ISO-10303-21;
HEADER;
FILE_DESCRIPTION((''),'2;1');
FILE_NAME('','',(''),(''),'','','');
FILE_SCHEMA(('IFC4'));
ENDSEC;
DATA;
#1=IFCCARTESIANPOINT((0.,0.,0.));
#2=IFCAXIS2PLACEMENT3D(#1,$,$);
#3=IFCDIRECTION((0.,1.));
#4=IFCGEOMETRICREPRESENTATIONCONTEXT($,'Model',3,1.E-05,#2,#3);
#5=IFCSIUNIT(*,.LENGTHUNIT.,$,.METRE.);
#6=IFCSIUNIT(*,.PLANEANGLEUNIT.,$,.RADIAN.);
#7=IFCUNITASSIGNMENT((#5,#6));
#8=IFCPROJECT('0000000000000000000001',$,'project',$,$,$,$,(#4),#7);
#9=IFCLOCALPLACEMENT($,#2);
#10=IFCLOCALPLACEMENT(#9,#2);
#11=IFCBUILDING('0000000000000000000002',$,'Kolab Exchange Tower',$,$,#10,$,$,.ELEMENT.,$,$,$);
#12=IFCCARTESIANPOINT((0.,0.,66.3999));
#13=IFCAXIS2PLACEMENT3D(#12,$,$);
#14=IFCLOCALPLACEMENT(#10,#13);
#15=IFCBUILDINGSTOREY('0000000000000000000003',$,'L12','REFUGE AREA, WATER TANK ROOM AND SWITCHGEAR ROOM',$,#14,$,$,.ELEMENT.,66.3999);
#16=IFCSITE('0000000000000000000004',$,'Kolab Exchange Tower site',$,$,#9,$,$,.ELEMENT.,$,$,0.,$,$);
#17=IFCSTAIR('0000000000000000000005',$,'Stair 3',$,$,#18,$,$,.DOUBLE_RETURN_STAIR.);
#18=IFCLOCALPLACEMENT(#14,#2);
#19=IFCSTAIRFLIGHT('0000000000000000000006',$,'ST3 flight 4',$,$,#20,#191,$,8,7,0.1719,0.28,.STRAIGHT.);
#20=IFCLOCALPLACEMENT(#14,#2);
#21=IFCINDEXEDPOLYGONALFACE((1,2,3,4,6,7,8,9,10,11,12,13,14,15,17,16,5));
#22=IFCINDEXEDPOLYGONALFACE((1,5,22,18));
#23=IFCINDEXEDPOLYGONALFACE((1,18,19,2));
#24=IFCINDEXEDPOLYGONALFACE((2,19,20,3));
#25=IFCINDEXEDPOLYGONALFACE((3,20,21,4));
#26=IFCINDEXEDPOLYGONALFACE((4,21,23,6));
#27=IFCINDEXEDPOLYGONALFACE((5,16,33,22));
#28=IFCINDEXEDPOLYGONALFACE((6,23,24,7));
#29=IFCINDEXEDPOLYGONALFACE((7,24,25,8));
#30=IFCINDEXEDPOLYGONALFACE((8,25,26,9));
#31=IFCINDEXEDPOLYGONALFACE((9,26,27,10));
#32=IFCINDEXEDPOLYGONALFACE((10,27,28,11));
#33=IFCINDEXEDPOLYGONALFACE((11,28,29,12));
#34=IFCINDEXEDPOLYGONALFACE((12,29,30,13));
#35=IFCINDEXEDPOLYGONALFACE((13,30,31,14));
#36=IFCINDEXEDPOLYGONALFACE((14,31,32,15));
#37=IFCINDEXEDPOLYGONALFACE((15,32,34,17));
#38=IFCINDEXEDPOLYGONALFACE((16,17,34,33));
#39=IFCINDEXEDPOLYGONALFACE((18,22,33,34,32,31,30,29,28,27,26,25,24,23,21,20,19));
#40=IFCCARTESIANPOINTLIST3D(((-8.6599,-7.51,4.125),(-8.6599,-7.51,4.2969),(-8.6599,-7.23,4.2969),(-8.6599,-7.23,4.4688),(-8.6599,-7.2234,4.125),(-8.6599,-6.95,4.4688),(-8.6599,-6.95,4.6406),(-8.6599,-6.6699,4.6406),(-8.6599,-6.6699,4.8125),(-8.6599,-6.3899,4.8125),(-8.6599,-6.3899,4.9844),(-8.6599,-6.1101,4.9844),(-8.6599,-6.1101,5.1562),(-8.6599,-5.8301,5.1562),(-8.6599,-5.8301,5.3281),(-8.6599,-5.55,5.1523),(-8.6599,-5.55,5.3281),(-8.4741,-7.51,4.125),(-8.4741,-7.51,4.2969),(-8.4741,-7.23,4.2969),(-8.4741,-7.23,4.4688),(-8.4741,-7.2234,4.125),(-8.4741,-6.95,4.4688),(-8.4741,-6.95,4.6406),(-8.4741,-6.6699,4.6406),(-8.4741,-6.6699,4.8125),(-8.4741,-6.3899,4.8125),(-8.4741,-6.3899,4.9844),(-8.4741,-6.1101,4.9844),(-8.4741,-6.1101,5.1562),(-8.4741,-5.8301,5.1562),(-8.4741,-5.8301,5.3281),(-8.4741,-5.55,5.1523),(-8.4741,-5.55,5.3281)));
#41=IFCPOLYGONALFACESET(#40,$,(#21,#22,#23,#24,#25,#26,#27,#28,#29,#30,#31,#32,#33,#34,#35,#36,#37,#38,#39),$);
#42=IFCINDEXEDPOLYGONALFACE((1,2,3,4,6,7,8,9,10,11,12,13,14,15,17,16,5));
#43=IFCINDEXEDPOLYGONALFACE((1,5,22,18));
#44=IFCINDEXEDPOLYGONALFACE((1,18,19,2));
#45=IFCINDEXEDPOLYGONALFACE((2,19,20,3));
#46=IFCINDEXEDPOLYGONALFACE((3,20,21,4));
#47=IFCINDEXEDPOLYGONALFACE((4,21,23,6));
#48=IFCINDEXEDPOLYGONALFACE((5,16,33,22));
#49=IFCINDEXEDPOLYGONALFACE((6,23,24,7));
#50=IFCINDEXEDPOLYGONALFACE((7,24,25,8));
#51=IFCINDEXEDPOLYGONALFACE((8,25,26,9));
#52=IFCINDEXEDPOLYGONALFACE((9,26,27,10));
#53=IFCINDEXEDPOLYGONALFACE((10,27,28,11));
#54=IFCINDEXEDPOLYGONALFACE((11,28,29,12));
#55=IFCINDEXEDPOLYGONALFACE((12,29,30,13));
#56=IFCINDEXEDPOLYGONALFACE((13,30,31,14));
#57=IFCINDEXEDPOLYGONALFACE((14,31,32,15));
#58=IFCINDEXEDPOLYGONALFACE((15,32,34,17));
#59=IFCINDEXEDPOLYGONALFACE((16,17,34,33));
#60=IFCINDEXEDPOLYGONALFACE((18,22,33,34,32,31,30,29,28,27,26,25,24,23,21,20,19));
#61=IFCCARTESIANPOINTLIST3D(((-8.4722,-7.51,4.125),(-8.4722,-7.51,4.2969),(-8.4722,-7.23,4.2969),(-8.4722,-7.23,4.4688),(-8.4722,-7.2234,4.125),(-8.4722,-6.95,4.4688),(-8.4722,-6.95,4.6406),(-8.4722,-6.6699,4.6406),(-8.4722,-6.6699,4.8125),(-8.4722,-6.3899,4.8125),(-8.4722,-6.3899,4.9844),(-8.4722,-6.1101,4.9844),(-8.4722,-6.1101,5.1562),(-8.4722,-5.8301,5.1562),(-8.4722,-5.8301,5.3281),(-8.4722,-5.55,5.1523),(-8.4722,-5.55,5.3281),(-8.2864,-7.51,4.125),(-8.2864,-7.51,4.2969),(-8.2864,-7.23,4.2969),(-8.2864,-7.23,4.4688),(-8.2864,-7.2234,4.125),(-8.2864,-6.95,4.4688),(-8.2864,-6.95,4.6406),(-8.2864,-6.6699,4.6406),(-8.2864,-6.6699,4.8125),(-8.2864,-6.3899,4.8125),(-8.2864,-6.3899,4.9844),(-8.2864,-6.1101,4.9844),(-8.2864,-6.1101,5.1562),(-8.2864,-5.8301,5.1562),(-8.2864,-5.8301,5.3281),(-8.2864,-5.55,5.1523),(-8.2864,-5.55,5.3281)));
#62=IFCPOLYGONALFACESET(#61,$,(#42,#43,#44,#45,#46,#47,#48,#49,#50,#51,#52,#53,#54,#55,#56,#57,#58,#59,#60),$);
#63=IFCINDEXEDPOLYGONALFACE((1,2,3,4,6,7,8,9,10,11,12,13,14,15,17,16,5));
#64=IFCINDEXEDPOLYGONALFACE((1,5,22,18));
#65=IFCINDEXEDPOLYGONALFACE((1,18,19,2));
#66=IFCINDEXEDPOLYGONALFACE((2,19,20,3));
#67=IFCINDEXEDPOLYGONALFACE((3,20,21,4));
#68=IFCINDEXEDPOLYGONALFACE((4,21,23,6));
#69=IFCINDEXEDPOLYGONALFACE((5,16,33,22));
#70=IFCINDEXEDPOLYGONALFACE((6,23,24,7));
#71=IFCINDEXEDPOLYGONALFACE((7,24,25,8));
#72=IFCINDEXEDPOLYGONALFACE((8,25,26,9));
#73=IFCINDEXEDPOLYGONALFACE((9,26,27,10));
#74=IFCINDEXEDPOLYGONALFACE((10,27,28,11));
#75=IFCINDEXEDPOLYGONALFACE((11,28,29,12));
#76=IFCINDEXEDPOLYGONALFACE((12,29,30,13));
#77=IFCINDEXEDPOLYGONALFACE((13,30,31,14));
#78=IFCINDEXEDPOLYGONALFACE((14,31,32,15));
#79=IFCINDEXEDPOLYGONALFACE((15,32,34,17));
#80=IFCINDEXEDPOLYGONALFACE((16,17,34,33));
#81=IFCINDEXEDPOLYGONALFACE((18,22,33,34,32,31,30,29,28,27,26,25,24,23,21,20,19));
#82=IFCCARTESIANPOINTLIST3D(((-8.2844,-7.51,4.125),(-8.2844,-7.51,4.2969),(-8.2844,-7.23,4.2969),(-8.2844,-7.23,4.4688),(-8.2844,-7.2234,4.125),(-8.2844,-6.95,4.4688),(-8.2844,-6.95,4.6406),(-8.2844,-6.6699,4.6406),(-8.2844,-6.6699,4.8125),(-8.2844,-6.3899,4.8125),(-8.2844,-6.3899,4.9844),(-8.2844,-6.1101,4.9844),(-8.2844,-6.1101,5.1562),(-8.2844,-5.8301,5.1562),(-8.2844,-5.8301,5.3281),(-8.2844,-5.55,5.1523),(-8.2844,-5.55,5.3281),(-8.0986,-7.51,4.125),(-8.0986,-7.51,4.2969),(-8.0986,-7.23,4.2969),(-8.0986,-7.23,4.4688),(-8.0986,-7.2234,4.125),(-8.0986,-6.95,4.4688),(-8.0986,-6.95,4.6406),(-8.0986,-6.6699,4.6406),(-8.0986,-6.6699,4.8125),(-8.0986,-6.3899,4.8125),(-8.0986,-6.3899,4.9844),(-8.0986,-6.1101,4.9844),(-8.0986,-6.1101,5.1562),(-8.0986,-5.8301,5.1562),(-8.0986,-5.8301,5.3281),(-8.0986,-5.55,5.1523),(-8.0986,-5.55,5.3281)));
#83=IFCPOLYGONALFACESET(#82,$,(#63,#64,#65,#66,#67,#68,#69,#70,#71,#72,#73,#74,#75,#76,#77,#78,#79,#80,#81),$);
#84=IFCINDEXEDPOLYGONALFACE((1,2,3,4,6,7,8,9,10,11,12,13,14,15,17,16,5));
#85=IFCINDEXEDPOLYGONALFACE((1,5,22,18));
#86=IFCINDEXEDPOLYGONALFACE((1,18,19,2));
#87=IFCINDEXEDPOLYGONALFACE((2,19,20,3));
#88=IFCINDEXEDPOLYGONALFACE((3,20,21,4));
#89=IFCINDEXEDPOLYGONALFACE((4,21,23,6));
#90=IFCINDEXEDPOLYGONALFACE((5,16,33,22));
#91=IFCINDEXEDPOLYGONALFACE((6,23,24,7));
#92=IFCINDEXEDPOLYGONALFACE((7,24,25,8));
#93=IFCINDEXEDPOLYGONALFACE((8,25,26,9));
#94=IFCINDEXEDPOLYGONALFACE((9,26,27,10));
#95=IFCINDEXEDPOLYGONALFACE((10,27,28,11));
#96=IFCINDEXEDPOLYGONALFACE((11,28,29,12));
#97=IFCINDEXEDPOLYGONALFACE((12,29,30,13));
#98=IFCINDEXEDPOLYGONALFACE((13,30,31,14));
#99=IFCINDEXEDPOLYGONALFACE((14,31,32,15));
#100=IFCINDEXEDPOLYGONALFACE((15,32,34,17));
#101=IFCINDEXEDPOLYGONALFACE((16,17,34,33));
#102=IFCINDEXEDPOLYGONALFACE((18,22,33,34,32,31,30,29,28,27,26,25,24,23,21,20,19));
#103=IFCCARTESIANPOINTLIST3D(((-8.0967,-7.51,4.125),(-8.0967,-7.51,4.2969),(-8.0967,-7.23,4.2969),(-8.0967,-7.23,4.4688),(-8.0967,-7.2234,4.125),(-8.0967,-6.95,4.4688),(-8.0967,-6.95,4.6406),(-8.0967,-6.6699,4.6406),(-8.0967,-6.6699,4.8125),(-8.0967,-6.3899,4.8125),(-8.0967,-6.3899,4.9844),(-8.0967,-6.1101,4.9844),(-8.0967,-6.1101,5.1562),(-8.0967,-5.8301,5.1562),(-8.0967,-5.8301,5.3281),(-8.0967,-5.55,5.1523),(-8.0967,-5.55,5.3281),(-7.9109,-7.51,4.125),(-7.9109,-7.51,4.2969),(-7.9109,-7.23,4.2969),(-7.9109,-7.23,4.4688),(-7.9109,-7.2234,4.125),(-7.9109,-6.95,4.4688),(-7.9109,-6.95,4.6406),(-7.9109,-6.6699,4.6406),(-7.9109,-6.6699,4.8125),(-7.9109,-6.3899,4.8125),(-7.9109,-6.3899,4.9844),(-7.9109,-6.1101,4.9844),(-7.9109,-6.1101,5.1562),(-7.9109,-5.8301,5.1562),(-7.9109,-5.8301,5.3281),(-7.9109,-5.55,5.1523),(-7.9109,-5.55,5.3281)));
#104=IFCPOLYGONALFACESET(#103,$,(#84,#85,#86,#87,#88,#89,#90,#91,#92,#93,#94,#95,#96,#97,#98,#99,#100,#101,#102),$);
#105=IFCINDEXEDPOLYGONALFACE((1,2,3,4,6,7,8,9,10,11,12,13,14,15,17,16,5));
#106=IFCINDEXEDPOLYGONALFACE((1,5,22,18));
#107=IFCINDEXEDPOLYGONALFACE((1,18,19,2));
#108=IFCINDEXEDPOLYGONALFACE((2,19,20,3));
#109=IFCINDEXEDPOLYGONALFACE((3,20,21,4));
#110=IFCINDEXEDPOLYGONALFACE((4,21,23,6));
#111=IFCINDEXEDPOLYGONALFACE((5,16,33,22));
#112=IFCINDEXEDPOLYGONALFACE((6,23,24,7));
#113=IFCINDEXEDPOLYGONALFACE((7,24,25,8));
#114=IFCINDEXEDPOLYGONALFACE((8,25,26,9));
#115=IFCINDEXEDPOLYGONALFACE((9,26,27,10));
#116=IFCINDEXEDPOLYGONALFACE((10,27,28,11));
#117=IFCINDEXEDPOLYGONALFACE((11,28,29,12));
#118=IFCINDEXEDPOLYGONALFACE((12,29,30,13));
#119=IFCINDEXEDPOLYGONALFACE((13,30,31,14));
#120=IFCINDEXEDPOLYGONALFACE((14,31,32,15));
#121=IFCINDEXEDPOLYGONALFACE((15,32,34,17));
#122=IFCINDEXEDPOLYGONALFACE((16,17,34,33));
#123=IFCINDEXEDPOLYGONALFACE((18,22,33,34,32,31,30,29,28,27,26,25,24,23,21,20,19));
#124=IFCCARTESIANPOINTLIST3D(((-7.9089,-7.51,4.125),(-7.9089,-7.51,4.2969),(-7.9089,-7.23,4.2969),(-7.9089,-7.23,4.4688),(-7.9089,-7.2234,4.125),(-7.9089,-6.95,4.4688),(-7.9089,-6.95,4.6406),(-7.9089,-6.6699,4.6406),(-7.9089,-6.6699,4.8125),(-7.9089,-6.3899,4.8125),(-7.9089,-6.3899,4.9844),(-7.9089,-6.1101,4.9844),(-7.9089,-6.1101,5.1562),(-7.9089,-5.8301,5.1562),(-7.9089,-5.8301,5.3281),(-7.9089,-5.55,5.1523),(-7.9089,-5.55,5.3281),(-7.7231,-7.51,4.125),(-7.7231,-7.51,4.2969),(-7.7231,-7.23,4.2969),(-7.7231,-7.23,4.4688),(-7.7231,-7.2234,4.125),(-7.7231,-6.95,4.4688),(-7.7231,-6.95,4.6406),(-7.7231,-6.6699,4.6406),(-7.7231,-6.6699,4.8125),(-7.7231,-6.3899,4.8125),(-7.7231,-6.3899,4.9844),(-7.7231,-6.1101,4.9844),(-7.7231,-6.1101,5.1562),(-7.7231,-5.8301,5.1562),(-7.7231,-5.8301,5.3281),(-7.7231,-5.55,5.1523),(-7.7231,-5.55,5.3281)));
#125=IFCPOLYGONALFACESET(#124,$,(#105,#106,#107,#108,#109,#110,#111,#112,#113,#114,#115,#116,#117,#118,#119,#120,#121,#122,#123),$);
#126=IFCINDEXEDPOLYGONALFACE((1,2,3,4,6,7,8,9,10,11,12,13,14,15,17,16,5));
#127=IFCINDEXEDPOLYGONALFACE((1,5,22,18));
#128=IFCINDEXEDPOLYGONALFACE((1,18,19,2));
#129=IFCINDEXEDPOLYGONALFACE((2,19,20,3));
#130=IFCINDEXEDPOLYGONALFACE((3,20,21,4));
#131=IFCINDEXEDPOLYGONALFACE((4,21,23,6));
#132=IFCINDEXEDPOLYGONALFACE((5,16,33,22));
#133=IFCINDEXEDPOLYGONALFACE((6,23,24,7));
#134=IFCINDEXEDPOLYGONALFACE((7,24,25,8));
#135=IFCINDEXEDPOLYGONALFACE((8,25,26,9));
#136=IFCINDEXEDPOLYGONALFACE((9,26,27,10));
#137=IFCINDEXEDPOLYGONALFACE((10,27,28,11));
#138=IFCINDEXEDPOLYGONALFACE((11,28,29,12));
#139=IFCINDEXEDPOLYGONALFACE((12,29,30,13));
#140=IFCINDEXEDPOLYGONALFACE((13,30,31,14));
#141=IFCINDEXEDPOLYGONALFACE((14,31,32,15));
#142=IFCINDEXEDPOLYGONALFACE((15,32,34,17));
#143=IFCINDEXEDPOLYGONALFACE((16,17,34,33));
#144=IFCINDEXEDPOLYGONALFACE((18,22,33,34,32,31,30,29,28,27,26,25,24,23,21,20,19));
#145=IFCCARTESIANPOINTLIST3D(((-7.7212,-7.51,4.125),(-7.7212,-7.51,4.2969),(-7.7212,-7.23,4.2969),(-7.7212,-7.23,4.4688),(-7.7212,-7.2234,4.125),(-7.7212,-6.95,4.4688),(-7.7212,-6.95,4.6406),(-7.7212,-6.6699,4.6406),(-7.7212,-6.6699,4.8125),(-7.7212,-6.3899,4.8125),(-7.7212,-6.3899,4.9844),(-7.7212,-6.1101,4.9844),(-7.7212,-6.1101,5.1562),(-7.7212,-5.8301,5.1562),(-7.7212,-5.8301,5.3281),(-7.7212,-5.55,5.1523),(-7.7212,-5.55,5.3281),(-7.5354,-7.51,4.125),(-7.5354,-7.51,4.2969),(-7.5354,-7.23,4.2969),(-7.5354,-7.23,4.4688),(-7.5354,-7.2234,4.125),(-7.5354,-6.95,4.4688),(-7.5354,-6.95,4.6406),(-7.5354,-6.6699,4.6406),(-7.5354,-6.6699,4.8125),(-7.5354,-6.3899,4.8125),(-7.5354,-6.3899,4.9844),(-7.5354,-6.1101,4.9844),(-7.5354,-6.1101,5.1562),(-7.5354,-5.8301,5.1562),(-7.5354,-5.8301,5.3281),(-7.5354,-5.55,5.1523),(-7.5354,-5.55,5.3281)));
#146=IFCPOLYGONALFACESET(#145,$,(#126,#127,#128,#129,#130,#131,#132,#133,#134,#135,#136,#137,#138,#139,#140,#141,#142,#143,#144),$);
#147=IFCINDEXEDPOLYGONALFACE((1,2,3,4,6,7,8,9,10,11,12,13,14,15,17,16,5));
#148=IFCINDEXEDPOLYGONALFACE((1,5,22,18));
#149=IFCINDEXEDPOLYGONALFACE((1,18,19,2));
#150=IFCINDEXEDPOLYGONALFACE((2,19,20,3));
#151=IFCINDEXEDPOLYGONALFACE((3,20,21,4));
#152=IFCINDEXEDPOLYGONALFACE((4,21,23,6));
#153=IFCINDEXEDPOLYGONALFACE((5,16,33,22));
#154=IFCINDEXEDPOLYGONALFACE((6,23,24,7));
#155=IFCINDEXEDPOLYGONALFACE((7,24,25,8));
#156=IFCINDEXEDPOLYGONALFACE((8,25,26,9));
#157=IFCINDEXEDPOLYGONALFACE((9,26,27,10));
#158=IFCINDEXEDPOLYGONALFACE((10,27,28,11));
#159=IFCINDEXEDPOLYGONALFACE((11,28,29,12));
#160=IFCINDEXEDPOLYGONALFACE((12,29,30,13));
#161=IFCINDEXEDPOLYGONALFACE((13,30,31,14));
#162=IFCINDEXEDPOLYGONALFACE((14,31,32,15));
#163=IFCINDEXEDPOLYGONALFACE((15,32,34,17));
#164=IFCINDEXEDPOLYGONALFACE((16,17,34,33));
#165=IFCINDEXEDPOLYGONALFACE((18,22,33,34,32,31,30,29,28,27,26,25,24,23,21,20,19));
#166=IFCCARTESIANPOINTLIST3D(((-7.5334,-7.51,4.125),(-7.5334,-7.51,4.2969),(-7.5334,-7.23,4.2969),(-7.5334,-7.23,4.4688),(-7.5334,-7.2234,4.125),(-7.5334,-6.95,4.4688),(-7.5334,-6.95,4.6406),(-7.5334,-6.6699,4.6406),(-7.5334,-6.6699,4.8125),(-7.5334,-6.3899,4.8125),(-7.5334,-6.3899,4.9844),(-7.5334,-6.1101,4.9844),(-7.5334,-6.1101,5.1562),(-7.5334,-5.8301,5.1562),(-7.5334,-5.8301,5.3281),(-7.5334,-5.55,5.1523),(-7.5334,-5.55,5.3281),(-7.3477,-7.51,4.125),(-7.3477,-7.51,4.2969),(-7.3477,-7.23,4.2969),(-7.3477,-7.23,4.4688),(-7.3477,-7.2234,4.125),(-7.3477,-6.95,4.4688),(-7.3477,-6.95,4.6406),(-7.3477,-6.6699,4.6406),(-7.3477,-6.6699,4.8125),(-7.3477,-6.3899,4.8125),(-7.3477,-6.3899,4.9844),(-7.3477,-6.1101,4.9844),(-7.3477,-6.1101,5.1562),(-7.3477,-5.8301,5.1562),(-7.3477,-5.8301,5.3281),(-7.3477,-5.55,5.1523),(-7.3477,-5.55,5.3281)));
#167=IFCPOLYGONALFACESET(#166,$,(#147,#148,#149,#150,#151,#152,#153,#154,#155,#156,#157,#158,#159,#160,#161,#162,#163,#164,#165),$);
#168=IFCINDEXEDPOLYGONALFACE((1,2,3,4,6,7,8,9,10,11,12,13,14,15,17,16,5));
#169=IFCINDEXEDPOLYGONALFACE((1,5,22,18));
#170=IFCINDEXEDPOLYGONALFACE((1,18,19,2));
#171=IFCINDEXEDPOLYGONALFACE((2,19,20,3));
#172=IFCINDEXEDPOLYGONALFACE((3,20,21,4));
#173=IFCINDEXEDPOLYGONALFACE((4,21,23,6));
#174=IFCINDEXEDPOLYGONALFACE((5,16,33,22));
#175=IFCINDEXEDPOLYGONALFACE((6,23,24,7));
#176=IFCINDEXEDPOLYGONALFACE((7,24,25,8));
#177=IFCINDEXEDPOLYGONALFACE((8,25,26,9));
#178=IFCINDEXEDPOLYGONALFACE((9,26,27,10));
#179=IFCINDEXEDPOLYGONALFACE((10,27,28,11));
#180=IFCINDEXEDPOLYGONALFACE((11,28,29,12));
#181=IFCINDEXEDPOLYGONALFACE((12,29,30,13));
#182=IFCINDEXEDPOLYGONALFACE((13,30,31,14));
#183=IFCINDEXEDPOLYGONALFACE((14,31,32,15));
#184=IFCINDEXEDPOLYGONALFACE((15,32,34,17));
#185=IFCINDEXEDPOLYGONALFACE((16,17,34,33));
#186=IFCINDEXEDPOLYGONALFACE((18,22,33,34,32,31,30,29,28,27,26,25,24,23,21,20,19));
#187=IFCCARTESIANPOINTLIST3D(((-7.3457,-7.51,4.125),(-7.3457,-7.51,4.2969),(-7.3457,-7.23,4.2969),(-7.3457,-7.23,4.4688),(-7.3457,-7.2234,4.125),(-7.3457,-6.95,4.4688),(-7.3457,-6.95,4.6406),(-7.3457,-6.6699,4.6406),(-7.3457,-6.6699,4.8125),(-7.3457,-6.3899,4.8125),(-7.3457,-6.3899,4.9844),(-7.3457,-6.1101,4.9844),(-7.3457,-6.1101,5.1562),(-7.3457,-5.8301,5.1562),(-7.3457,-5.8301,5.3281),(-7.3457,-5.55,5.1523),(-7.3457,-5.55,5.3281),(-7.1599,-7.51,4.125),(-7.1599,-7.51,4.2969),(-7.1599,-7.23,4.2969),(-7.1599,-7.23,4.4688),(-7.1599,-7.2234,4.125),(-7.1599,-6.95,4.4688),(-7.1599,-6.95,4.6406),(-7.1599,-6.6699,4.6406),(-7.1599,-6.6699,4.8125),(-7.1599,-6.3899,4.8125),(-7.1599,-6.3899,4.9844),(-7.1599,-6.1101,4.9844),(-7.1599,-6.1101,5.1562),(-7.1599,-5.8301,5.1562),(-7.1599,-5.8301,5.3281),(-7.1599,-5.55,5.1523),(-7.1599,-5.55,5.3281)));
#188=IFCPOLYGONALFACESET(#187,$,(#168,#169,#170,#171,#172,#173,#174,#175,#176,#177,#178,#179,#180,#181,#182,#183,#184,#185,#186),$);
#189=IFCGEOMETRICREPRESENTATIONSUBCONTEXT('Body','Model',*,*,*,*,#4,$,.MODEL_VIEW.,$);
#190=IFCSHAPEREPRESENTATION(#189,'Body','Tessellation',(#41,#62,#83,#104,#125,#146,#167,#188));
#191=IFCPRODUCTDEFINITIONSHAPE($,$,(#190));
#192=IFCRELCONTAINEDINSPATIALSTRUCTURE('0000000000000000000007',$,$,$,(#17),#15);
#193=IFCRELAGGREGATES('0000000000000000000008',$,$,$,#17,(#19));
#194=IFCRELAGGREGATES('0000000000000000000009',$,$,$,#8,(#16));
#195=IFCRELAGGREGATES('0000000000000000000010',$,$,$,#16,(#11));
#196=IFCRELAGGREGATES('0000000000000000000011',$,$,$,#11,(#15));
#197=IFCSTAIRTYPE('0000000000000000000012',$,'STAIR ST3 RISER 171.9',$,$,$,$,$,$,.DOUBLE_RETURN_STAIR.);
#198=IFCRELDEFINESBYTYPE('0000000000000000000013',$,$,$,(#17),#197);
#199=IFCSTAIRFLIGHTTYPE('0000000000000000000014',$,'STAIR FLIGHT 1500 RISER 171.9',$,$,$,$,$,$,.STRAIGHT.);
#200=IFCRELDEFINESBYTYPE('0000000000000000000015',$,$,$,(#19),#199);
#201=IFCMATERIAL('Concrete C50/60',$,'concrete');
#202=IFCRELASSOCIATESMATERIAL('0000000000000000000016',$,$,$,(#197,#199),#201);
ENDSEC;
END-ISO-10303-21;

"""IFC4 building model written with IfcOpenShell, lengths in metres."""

from ifc_helpers import new_model, si_unit, direction, frame, origin, place, context, subcontext, project, spatial, polyline, outline, extrude, material, type_object, element, aggregate, save


model = new_model("IFC4")

# Units and contexts
model_context = context("Model", 3, precision=1e-05, world=origin(), true_north=direction((0.0, 1.0)))
body_context = subcontext(model_context, "Body", "Model", "MODEL_VIEW")
ifc_project = project(units=[si_unit("LENGTHUNIT", "METRE"), si_unit("PLANEANGLEUNIT", "RADIAN")], contexts=[model_context])

# Site, building, storey
site_placement = place(None, origin())
site = spatial("IfcSite", under=ifc_project, at=site_placement, Name="Kolab Exchange Tower site", CompositionType="ELEMENT", RefElevation=0.0)
building_placement = place(site_placement, origin())
building = spatial("IfcBuilding", under=site, at=building_placement, Name="Kolab Exchange Tower", CompositionType="ELEMENT")
storey_placement = place(building_placement, frame((0.0, 0.0, 66.3999)))
storey = spatial("IfcBuildingStorey", under=building, at=storey_placement, Name="L12", Description="REFUGE AREA, WATER TANK ROOM AND SWITCHGEAR ROOM", CompositionType="ELEMENT", Elevation=66.3999)

# Shared definitions
ifc_material_1 = material(Name="Concrete C50/60", Category="concrete")

# Stair, stair flight
stair_type = type_object("IfcStairType", Name="STAIR ST3 RISER 171.9", PredefinedType="DOUBLE_RETURN_STAIR", material=ifc_material_1)
stair_placement = place(storey_placement, origin())
stair = element("IfcStair", 1, at=stair_placement, inside=storey, type_object=stair_type, Name="Stair 3", PredefinedType="DOUBLE_RETURN_STAIR")
stair_flight_type = type_object("IfcStairFlightType", Name="STAIR FLIGHT 1500 RISER 171.9", PredefinedType="STRAIGHT", material=ifc_material_1)
stair_flight_1_placement = place(storey_placement, frame((-7.9099, -7.51, 4.125), z_axis=(0.0, 0.0, 1.0), x_axis=(0.0, 1.0, 0.0)))
stair_flight_1 = element("IfcStairFlight", 2, at=stair_flight_1_placement, type_object=stair_flight_type, Name="ST3 flight 4", NumberOfRisers=8, NumberOfTreads=7, PredefinedType="STRAIGHT", RiserHeight=0.1719, TreadLength=0.28, context=body_context, shape_type="SweptSolid", body=[
    extrude(outline(polyline([(0.0, 0.0), (0.0, 0.1719), (0.28, 0.1719), (0.28, 0.3438), (0.5601, 0.3438), (0.5601, 0.5156), (0.8401, 0.5156), (0.8401, 0.6875), (1.1201, 0.6875), (1.1201, 0.8594), (1.3999, 0.8594), (1.3999, 1.0312), (1.6799, 1.0312), (1.6799, 1.2031), (1.96, 1.2031), (1.96, 1.375), (1.96, 1.0273), (0.2866, 0.0), (0.0, 0.0)])), frame((0.0, 0.75, 0.0), z_axis=(0.0, -1.0, 0.0), x_axis=(1.0, 0.0, 0.0)), (0.0, 0.0, 1.0), 0.1858),
    extrude(outline(polyline([(0.0, 0.0), (0.0, 0.1719), (0.28, 0.1719), (0.28, 0.3438), (0.5601, 0.3438), (0.5601, 0.5156), (0.8401, 0.5156), (0.8401, 0.6875), (1.1201, 0.6875), (1.1201, 0.8594), (1.3999, 0.8594), (1.3999, 1.0312), (1.6799, 1.0312), (1.6799, 1.2031), (1.96, 1.2031), (1.96, 1.375), (1.96, 1.0273), (0.2866, 0.0), (0.0, 0.0)])), frame((0.0, 0.5623, 0.0), z_axis=(0.0, -1.0, 0.0), x_axis=(1.0, 0.0, 0.0)), (0.0, 0.0, 1.0), 0.1858),
    extrude(outline(polyline([(0.0, 0.0), (0.0, 0.1719), (0.28, 0.1719), (0.28, 0.3438), (0.5601, 0.3438), (0.5601, 0.5156), (0.8401, 0.5156), (0.8401, 0.6875), (1.1201, 0.6875), (1.1201, 0.8594), (1.3999, 0.8594), (1.3999, 1.0312), (1.6799, 1.0312), (1.6799, 1.2031), (1.96, 1.2031), (1.96, 1.375), (1.96, 1.0273), (0.2866, 0.0), (0.0, 0.0)])), frame((0.0, 0.3745, 0.0), z_axis=(0.0, -1.0, 0.0), x_axis=(1.0, 0.0, 0.0)), (0.0, 0.0, 1.0), 0.1858),
    extrude(outline(polyline([(0.0, 0.0), (0.0, 0.1719), (0.28, 0.1719), (0.28, 0.3438), (0.5601, 0.3438), (0.5601, 0.5156), (0.8401, 0.5156), (0.8401, 0.6875), (1.1201, 0.6875), (1.1201, 0.8594), (1.3999, 0.8594), (1.3999, 1.0312), (1.6799, 1.0312), (1.6799, 1.2031), (1.96, 1.2031), (1.96, 1.375), (1.96, 1.0273), (0.2866, 0.0), (0.0, 0.0)])), frame((0.0, 0.1868, 0.0), z_axis=(0.0, -1.0, 0.0), x_axis=(1.0, 0.0, 0.0)), (0.0, 0.0, 1.0), 0.1858),
    extrude(outline(polyline([(0.0, 0.0), (0.0, 0.1719), (0.28, 0.1719), (0.28, 0.3438), (0.5601, 0.3438), (0.5601, 0.5156), (0.8401, 0.5156), (0.8401, 0.6875), (1.1201, 0.6875), (1.1201, 0.8594), (1.3999, 0.8594), (1.3999, 1.0312), (1.6799, 1.0312), (1.6799, 1.2031), (1.96, 1.2031), (1.96, 1.375), (1.96, 1.0273), (0.2866, 0.0), (0.0, 0.0)])), frame((0.0, -0.001, 0.0), z_axis=(0.0, -1.0, 0.0), x_axis=(1.0, 0.0, 0.0)), (0.0, 0.0, 1.0), 0.1858),
    extrude(outline(polyline([(0.0, 0.0), (0.0, 0.1719), (0.28, 0.1719), (0.28, 0.3438), (0.5601, 0.3438), (0.5601, 0.5156), (0.8401, 0.5156), (0.8401, 0.6875), (1.1201, 0.6875), (1.1201, 0.8594), (1.3999, 0.8594), (1.3999, 1.0312), (1.6799, 1.0312), (1.6799, 1.2031), (1.96, 1.2031), (1.96, 1.375), (1.96, 1.0273), (0.2866, 0.0), (0.0, 0.0)])), frame((0.0, -0.1887, 0.0), z_axis=(0.0, -1.0, 0.0), x_axis=(1.0, 0.0, 0.0)), (0.0, 0.0, 1.0), 0.1858),
    extrude(outline(polyline([(0.0, 0.0), (0.0, 0.1719), (0.28, 0.1719), (0.28, 0.3438), (0.5601, 0.3438), (0.5601, 0.5156), (0.8401, 0.5156), (0.8401, 0.6875), (1.1201, 0.6875), (1.1201, 0.8594), (1.3999, 0.8594), (1.3999, 1.0312), (1.6799, 1.0312), (1.6799, 1.2031), (1.96, 1.2031), (1.96, 1.375), (1.96, 1.0273), (0.2866, 0.0), (0.0, 0.0)])), frame((0.0, -0.3765, 0.0), z_axis=(0.0, -1.0, 0.0), x_axis=(1.0, 0.0, 0.0)), (0.0, 0.0, 1.0), 0.1858),
    extrude(outline(polyline([(0.0, 0.0), (0.0, 0.1719), (0.28, 0.1719), (0.28, 0.3438), (0.5601, 0.3438), (0.5601, 0.5156), (0.8401, 0.5156), (0.8401, 0.6875), (1.1201, 0.6875), (1.1201, 0.8594), (1.3999, 0.8594), (1.3999, 1.0312), (1.6799, 1.0312), (1.6799, 1.2031), (1.96, 1.2031), (1.96, 1.375), (1.96, 1.0273), (0.2866, 0.0), (0.0, 0.0)])), frame((0.0, -0.5642, 0.0), z_axis=(0.0, -1.0, 0.0), x_axis=(1.0, 0.0, 0.0)), (0.0, 0.0, 1.0), 0.1858),
])
aggregate(stair, [stair_flight_1])

save(model, "model.ifc")
